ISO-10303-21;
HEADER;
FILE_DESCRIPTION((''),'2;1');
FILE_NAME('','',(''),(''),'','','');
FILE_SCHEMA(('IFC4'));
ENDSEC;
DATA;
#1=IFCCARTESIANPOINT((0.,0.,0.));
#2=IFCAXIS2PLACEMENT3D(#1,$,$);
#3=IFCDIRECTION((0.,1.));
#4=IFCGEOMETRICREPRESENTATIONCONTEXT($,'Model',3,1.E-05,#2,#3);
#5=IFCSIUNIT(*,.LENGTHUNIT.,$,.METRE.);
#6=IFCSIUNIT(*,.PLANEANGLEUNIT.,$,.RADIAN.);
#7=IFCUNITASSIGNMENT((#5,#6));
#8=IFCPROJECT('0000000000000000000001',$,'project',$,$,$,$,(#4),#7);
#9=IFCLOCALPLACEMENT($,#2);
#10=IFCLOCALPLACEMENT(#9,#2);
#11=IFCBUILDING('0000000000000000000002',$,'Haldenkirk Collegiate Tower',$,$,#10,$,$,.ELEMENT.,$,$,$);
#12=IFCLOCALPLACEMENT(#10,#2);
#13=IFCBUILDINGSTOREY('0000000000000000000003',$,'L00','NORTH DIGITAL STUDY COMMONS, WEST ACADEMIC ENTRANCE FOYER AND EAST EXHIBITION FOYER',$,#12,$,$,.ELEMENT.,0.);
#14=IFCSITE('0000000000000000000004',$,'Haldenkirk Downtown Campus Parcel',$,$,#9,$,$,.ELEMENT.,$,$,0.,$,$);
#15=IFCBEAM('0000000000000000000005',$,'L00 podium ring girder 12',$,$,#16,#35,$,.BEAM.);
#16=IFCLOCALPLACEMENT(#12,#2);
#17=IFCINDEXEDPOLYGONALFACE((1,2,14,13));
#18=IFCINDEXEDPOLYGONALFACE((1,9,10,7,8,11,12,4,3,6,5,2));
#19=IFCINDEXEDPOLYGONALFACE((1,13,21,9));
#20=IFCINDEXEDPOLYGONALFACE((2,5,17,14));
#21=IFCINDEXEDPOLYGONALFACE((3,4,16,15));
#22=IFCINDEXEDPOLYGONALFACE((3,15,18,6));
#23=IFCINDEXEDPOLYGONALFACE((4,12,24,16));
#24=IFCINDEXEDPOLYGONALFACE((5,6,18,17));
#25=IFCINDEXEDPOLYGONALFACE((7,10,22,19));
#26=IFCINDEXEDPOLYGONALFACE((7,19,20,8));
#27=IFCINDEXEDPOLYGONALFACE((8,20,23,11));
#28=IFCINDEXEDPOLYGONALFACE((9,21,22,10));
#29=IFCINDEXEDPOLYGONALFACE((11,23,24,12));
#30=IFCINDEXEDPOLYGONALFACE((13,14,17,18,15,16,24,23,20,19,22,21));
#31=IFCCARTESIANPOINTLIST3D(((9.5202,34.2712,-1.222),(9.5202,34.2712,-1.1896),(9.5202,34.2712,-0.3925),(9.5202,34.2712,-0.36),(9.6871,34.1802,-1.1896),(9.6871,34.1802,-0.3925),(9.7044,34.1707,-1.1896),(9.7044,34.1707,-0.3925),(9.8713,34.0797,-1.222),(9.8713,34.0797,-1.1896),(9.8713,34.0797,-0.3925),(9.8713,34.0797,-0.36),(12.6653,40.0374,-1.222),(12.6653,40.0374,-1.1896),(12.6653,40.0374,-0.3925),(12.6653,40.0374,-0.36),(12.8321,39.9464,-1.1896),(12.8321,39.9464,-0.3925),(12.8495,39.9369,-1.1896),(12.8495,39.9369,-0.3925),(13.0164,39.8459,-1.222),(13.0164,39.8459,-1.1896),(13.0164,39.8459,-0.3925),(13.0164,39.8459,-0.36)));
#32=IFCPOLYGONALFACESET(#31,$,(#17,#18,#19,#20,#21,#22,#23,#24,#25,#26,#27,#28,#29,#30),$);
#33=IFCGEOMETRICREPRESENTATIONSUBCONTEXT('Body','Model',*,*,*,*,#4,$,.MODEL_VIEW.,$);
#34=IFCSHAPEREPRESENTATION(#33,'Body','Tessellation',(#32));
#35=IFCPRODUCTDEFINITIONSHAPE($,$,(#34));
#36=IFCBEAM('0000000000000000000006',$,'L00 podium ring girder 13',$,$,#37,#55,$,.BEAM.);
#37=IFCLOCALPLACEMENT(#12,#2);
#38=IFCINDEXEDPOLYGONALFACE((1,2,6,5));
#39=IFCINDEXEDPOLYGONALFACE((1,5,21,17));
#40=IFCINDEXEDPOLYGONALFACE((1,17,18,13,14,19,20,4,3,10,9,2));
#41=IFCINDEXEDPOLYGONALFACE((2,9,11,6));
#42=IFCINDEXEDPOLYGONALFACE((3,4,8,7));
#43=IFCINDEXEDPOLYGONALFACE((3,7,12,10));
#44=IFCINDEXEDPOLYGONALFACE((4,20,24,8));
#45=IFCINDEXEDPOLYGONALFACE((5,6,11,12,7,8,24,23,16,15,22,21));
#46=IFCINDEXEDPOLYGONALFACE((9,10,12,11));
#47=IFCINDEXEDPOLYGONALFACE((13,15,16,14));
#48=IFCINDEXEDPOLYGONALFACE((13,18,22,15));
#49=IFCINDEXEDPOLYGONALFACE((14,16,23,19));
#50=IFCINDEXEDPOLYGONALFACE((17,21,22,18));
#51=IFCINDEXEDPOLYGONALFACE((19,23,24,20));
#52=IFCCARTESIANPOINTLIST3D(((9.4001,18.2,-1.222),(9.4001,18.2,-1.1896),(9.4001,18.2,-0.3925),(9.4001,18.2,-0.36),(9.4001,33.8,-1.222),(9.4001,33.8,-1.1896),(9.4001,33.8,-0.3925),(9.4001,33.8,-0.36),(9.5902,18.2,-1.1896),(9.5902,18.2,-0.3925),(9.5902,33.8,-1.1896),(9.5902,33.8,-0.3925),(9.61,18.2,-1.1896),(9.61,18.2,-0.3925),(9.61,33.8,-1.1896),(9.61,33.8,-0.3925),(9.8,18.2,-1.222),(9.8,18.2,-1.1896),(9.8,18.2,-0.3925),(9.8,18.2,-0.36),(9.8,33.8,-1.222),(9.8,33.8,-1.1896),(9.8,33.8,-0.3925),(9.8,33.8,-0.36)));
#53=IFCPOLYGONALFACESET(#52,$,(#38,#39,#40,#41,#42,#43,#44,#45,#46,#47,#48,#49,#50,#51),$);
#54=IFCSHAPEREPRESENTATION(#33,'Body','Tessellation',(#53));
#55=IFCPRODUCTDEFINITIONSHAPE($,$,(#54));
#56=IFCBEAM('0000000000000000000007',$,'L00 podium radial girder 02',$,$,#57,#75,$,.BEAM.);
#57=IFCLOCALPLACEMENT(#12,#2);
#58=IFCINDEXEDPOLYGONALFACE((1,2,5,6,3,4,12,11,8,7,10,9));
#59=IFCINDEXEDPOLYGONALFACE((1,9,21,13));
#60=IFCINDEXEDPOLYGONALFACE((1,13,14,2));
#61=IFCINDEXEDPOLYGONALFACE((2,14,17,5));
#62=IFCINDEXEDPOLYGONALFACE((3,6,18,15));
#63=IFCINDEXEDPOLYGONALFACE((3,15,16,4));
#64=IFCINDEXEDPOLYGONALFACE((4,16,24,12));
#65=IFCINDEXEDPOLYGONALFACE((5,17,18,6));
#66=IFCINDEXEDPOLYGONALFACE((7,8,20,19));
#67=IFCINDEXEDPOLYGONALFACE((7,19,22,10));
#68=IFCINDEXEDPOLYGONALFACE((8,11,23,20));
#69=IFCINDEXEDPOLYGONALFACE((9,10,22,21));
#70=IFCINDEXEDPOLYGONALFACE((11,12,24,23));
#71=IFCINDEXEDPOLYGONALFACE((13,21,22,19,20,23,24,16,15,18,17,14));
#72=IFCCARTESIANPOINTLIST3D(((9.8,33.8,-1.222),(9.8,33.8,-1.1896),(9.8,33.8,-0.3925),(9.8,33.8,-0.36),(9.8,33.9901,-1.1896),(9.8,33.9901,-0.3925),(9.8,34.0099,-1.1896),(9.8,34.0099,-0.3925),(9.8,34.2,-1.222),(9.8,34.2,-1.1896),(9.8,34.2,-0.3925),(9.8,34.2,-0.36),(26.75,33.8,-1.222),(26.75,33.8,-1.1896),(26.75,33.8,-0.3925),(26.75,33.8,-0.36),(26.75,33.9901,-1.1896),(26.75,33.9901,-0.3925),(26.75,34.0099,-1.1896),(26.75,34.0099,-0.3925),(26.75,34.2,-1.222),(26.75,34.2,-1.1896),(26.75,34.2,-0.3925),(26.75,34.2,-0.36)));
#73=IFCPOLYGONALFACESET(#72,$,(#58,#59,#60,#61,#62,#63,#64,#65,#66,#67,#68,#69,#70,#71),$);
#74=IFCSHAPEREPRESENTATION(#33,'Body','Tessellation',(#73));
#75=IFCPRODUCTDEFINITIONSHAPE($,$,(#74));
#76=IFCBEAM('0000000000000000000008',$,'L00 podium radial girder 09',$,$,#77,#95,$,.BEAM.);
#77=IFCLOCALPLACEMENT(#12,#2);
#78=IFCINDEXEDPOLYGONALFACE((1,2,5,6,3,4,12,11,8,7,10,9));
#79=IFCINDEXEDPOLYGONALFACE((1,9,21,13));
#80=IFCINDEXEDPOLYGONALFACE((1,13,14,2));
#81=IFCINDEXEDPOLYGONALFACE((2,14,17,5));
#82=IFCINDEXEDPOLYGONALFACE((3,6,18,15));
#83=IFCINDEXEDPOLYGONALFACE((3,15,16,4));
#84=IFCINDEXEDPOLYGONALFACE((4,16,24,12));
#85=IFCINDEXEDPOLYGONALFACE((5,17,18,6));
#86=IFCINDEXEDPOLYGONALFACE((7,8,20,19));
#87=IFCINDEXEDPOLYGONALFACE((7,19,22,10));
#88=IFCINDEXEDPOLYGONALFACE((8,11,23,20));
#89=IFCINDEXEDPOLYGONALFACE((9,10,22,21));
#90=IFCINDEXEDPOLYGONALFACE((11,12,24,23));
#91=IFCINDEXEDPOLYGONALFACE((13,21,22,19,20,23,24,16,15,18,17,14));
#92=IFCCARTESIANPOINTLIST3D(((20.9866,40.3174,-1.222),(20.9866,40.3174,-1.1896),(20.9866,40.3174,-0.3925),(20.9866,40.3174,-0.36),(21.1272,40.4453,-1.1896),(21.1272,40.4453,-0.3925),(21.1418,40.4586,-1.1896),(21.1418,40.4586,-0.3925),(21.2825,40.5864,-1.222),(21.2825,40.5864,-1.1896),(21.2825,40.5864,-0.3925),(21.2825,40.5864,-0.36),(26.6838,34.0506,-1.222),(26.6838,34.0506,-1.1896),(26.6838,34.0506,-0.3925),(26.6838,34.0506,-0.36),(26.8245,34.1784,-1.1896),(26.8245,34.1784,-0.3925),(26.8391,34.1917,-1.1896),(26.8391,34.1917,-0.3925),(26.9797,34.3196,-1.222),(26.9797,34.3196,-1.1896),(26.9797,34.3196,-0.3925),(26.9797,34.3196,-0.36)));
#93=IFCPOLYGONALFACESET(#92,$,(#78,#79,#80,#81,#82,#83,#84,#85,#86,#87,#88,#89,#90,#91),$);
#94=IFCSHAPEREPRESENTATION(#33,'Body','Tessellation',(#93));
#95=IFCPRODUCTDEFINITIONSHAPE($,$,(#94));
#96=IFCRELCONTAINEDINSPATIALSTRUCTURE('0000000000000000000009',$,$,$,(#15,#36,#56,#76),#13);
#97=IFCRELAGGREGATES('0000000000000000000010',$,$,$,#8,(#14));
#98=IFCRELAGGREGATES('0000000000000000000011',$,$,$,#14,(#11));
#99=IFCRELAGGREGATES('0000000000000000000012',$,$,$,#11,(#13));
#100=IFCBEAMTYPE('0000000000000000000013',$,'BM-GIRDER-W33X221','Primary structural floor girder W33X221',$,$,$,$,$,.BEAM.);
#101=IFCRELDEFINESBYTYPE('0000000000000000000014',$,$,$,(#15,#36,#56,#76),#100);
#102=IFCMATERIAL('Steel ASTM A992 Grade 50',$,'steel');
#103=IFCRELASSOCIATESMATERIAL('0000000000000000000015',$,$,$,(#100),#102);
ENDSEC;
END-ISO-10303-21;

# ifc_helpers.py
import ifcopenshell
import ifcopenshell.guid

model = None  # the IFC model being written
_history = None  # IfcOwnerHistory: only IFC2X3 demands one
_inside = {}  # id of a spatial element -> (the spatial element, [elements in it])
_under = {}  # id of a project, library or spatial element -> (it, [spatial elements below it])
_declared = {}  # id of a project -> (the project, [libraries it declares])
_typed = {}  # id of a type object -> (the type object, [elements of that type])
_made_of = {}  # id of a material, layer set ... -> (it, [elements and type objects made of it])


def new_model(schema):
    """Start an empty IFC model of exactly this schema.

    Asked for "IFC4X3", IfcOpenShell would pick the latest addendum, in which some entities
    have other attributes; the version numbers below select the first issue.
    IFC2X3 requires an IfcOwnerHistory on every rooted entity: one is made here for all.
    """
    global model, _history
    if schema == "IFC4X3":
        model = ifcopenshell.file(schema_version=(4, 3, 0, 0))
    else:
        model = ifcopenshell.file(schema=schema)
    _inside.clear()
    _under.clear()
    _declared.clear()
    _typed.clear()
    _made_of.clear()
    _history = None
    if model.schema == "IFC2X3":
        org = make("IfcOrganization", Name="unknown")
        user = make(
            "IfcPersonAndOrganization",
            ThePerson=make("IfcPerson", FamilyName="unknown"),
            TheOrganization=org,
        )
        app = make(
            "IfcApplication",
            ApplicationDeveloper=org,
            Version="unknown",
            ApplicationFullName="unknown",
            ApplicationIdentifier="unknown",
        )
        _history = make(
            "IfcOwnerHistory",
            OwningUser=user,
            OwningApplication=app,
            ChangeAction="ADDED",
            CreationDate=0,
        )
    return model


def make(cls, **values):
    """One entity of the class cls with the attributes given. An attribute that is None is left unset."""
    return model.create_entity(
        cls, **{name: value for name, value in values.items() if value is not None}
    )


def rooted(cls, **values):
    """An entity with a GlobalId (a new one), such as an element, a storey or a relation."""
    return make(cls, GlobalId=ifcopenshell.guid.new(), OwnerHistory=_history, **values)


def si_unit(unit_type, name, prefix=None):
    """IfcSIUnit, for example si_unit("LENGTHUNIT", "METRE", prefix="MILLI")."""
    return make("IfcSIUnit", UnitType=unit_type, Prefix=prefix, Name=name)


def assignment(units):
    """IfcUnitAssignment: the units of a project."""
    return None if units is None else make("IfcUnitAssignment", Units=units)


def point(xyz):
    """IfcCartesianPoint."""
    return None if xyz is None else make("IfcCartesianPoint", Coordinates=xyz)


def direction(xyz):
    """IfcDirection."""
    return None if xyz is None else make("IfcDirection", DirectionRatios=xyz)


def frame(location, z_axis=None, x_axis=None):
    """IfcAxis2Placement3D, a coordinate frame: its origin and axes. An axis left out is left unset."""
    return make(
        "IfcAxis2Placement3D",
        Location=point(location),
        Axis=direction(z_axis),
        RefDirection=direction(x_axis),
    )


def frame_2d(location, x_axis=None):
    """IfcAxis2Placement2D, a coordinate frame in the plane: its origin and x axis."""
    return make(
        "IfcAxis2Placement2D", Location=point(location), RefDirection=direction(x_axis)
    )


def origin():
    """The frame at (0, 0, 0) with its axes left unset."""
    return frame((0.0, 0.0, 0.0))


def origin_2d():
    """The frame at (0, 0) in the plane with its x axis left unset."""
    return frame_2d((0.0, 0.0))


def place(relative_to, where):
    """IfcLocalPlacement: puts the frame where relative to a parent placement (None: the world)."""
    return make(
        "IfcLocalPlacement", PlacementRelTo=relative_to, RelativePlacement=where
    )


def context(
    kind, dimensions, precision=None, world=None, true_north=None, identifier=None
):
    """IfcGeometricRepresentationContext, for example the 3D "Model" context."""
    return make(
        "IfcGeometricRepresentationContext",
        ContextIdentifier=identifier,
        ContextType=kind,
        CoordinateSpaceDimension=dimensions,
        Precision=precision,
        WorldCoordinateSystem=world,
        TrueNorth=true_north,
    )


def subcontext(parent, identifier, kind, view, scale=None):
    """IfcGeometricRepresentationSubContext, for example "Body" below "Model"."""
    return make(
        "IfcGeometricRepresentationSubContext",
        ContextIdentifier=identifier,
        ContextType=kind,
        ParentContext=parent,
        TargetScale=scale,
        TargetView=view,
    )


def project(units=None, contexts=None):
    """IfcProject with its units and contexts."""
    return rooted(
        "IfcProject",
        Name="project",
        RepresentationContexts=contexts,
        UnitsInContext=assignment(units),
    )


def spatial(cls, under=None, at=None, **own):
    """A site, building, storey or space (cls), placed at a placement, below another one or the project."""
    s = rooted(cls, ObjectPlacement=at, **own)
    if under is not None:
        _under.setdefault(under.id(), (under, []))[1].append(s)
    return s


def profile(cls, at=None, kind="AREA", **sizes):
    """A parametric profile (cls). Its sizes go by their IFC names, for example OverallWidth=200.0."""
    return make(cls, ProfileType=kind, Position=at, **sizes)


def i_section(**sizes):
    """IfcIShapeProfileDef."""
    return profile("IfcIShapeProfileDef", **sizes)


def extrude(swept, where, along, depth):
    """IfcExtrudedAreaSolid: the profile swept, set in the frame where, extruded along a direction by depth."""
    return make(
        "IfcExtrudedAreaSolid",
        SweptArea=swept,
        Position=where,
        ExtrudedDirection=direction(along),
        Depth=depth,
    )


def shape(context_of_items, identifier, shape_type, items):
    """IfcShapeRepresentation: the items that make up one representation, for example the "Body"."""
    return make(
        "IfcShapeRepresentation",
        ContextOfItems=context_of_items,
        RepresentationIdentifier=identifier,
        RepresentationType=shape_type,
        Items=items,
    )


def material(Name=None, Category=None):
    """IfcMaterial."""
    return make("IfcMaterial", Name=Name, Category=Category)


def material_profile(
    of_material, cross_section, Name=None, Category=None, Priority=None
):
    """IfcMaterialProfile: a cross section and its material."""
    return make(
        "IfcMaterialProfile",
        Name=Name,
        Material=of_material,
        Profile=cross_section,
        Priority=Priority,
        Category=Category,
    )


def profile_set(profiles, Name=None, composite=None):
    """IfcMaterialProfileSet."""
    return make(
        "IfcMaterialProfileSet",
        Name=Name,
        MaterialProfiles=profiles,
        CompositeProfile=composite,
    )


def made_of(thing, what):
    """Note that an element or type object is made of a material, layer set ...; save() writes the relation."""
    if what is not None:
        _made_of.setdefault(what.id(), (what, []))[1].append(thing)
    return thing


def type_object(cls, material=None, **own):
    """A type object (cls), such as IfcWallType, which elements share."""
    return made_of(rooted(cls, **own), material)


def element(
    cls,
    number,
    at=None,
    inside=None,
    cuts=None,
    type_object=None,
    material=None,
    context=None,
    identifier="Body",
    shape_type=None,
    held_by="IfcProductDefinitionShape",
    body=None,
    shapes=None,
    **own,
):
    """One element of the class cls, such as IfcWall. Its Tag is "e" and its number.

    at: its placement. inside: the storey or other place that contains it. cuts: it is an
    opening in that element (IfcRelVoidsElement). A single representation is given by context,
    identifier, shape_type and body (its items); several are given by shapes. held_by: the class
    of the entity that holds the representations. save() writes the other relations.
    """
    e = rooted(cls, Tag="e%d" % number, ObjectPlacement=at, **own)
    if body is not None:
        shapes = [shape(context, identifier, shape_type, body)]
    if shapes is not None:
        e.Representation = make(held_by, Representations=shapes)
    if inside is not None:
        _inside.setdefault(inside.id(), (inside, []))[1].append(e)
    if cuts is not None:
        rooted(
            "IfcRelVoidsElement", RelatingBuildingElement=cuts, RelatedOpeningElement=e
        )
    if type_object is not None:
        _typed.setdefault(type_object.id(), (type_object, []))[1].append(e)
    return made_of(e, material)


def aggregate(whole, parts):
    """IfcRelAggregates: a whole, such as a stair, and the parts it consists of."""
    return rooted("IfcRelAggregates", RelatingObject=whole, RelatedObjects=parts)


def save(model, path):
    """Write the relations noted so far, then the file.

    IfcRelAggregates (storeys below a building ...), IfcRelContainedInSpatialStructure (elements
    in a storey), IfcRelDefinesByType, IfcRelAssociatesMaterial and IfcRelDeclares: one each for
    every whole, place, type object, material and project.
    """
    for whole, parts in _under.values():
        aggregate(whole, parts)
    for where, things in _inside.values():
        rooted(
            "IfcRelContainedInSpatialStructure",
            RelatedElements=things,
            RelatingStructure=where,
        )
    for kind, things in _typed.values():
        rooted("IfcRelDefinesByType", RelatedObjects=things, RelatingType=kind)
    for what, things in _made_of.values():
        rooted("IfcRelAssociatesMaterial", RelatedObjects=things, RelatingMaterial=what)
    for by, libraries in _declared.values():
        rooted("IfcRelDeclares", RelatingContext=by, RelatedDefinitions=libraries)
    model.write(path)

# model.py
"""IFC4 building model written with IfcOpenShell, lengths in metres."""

from ifc_helpers import new_model, si_unit, direction, frame, origin, origin_2d, place, context, subcontext, project, spatial, i_section, extrude, material, material_profile, profile_set, type_object, element, save


model = new_model("IFC4")

# Units and contexts
model_context = context("Model", 3, precision=1e-05, world=origin(), true_north=direction((0.0, 1.0)))
body_context = subcontext(model_context, "Body", "Model", "MODEL_VIEW")
ifc_project = project(units=[si_unit("LENGTHUNIT", "METRE"), si_unit("PLANEANGLEUNIT", "RADIAN")], contexts=[model_context])

# Site, building, storey
site_placement = place(None, origin())
site = spatial("IfcSite", under=ifc_project, at=site_placement, Name="Haldenkirk Downtown Campus Parcel", CompositionType="ELEMENT", RefElevation=0.0)
building_placement = place(site_placement, origin())
building = spatial("IfcBuilding", under=site, at=building_placement, Name="Haldenkirk Collegiate Tower", CompositionType="ELEMENT")
storey_placement = place(building_placement, origin())
storey = spatial("IfcBuildingStorey", under=building, at=storey_placement, Name="L00", Description="NORTH DIGITAL STUDY COMMONS, WEST ACADEMIC ENTRANCE FOYER AND EAST EXHIBITION FOYER", CompositionType="ELEMENT", Elevation=0.0)

# Beams
ifc_material_1 = material(Name="Steel ASTM A992 Grade 50", Category="steel")
ifc_material_profile_1 = material_profile(ifc_material_1, i_section(OverallWidth=0.3999, OverallDepth=0.8621, WebThickness=0.0198, FlangeThickness=0.0325, at=origin_2d()), Name="W33X221")
ifc_profile_set_1 = profile_set([ifc_material_profile_1], Name="Steel ASTM A992 Grade 50")
beam_type_1 = type_object("IfcBeamType", Name="BM-GIRDER-W33X221", Description="Primary structural floor girder W33X221", PredefinedType="BEAM", material=ifc_profile_set_1)
beam_1_placement = place(storey_placement, frame((12.8408, 39.9417, -0.791), z_axis=(-0.478837, -0.877904, 0.0), x_axis=(0.877904, -0.478837, 0.0)))
element("IfcBeam", 1, at=beam_1_placement, inside=storey, type_object=beam_type_1, Name="L00 podium ring girder 12", PredefinedType="BEAM", context=body_context, shape_type="SweptSolid", body=[
    extrude(i_section(OverallWidth=0.3999, OverallDepth=0.8621, WebThickness=0.0198, FlangeThickness=0.0325, at=origin_2d()), origin(), (0.0, 0.0, 1.0), 6.5681),
])
beam_2_placement = place(storey_placement, frame((9.6001, 33.8, -0.791), z_axis=(0.0, -1.0, 0.0), x_axis=(1.0, 0.0, 0.0)))
element("IfcBeam", 2, at=beam_2_placement, inside=storey, type_object=beam_type_1, Name="L00 podium ring girder 13", PredefinedType="BEAM", context=body_context, shape_type="SweptSolid", body=[
    extrude(i_section(OverallWidth=0.3999, OverallDepth=0.8621, WebThickness=0.0198, FlangeThickness=0.0325, at=origin_2d()), origin(), (0.0, 0.0, 1.0), 15.6001),
])
beam_3_placement = place(storey_placement, frame((9.8, 34.0, -0.791), z_axis=(1.0, 0.0, 0.0), x_axis=(0.0, 1.0, 0.0)))
element("IfcBeam", 3, at=beam_3_placement, inside=storey, type_object=beam_type_1, Name="L00 podium radial girder 02", PredefinedType="BEAM", context=body_context, shape_type="SweptSolid", body=[
    extrude(i_section(OverallWidth=0.3999, OverallDepth=0.8621, WebThickness=0.0198, FlangeThickness=0.0325, at=origin_2d()), origin(), (0.0, 0.0, 1.0), 16.95),
])
beam_4_placement = place(storey_placement, frame((21.1345, 40.4519, -0.791), z_axis=(0.672681, -0.739932, 0.0), x_axis=(0.739932, 0.672681, 0.0)))
element("IfcBeam", 4, at=beam_4_placement, inside=storey, type_object=beam_type_1, Name="L00 podium radial girder 09", PredefinedType="BEAM", context=body_context, shape_type="SweptSolid", body=[
    extrude(i_section(OverallWidth=0.3999, OverallDepth=0.8621, WebThickness=0.0198, FlangeThickness=0.0325, at=origin_2d()), origin(), (0.0, 0.0, 1.0), 8.4695),
])

save(model, "model.ifc")
